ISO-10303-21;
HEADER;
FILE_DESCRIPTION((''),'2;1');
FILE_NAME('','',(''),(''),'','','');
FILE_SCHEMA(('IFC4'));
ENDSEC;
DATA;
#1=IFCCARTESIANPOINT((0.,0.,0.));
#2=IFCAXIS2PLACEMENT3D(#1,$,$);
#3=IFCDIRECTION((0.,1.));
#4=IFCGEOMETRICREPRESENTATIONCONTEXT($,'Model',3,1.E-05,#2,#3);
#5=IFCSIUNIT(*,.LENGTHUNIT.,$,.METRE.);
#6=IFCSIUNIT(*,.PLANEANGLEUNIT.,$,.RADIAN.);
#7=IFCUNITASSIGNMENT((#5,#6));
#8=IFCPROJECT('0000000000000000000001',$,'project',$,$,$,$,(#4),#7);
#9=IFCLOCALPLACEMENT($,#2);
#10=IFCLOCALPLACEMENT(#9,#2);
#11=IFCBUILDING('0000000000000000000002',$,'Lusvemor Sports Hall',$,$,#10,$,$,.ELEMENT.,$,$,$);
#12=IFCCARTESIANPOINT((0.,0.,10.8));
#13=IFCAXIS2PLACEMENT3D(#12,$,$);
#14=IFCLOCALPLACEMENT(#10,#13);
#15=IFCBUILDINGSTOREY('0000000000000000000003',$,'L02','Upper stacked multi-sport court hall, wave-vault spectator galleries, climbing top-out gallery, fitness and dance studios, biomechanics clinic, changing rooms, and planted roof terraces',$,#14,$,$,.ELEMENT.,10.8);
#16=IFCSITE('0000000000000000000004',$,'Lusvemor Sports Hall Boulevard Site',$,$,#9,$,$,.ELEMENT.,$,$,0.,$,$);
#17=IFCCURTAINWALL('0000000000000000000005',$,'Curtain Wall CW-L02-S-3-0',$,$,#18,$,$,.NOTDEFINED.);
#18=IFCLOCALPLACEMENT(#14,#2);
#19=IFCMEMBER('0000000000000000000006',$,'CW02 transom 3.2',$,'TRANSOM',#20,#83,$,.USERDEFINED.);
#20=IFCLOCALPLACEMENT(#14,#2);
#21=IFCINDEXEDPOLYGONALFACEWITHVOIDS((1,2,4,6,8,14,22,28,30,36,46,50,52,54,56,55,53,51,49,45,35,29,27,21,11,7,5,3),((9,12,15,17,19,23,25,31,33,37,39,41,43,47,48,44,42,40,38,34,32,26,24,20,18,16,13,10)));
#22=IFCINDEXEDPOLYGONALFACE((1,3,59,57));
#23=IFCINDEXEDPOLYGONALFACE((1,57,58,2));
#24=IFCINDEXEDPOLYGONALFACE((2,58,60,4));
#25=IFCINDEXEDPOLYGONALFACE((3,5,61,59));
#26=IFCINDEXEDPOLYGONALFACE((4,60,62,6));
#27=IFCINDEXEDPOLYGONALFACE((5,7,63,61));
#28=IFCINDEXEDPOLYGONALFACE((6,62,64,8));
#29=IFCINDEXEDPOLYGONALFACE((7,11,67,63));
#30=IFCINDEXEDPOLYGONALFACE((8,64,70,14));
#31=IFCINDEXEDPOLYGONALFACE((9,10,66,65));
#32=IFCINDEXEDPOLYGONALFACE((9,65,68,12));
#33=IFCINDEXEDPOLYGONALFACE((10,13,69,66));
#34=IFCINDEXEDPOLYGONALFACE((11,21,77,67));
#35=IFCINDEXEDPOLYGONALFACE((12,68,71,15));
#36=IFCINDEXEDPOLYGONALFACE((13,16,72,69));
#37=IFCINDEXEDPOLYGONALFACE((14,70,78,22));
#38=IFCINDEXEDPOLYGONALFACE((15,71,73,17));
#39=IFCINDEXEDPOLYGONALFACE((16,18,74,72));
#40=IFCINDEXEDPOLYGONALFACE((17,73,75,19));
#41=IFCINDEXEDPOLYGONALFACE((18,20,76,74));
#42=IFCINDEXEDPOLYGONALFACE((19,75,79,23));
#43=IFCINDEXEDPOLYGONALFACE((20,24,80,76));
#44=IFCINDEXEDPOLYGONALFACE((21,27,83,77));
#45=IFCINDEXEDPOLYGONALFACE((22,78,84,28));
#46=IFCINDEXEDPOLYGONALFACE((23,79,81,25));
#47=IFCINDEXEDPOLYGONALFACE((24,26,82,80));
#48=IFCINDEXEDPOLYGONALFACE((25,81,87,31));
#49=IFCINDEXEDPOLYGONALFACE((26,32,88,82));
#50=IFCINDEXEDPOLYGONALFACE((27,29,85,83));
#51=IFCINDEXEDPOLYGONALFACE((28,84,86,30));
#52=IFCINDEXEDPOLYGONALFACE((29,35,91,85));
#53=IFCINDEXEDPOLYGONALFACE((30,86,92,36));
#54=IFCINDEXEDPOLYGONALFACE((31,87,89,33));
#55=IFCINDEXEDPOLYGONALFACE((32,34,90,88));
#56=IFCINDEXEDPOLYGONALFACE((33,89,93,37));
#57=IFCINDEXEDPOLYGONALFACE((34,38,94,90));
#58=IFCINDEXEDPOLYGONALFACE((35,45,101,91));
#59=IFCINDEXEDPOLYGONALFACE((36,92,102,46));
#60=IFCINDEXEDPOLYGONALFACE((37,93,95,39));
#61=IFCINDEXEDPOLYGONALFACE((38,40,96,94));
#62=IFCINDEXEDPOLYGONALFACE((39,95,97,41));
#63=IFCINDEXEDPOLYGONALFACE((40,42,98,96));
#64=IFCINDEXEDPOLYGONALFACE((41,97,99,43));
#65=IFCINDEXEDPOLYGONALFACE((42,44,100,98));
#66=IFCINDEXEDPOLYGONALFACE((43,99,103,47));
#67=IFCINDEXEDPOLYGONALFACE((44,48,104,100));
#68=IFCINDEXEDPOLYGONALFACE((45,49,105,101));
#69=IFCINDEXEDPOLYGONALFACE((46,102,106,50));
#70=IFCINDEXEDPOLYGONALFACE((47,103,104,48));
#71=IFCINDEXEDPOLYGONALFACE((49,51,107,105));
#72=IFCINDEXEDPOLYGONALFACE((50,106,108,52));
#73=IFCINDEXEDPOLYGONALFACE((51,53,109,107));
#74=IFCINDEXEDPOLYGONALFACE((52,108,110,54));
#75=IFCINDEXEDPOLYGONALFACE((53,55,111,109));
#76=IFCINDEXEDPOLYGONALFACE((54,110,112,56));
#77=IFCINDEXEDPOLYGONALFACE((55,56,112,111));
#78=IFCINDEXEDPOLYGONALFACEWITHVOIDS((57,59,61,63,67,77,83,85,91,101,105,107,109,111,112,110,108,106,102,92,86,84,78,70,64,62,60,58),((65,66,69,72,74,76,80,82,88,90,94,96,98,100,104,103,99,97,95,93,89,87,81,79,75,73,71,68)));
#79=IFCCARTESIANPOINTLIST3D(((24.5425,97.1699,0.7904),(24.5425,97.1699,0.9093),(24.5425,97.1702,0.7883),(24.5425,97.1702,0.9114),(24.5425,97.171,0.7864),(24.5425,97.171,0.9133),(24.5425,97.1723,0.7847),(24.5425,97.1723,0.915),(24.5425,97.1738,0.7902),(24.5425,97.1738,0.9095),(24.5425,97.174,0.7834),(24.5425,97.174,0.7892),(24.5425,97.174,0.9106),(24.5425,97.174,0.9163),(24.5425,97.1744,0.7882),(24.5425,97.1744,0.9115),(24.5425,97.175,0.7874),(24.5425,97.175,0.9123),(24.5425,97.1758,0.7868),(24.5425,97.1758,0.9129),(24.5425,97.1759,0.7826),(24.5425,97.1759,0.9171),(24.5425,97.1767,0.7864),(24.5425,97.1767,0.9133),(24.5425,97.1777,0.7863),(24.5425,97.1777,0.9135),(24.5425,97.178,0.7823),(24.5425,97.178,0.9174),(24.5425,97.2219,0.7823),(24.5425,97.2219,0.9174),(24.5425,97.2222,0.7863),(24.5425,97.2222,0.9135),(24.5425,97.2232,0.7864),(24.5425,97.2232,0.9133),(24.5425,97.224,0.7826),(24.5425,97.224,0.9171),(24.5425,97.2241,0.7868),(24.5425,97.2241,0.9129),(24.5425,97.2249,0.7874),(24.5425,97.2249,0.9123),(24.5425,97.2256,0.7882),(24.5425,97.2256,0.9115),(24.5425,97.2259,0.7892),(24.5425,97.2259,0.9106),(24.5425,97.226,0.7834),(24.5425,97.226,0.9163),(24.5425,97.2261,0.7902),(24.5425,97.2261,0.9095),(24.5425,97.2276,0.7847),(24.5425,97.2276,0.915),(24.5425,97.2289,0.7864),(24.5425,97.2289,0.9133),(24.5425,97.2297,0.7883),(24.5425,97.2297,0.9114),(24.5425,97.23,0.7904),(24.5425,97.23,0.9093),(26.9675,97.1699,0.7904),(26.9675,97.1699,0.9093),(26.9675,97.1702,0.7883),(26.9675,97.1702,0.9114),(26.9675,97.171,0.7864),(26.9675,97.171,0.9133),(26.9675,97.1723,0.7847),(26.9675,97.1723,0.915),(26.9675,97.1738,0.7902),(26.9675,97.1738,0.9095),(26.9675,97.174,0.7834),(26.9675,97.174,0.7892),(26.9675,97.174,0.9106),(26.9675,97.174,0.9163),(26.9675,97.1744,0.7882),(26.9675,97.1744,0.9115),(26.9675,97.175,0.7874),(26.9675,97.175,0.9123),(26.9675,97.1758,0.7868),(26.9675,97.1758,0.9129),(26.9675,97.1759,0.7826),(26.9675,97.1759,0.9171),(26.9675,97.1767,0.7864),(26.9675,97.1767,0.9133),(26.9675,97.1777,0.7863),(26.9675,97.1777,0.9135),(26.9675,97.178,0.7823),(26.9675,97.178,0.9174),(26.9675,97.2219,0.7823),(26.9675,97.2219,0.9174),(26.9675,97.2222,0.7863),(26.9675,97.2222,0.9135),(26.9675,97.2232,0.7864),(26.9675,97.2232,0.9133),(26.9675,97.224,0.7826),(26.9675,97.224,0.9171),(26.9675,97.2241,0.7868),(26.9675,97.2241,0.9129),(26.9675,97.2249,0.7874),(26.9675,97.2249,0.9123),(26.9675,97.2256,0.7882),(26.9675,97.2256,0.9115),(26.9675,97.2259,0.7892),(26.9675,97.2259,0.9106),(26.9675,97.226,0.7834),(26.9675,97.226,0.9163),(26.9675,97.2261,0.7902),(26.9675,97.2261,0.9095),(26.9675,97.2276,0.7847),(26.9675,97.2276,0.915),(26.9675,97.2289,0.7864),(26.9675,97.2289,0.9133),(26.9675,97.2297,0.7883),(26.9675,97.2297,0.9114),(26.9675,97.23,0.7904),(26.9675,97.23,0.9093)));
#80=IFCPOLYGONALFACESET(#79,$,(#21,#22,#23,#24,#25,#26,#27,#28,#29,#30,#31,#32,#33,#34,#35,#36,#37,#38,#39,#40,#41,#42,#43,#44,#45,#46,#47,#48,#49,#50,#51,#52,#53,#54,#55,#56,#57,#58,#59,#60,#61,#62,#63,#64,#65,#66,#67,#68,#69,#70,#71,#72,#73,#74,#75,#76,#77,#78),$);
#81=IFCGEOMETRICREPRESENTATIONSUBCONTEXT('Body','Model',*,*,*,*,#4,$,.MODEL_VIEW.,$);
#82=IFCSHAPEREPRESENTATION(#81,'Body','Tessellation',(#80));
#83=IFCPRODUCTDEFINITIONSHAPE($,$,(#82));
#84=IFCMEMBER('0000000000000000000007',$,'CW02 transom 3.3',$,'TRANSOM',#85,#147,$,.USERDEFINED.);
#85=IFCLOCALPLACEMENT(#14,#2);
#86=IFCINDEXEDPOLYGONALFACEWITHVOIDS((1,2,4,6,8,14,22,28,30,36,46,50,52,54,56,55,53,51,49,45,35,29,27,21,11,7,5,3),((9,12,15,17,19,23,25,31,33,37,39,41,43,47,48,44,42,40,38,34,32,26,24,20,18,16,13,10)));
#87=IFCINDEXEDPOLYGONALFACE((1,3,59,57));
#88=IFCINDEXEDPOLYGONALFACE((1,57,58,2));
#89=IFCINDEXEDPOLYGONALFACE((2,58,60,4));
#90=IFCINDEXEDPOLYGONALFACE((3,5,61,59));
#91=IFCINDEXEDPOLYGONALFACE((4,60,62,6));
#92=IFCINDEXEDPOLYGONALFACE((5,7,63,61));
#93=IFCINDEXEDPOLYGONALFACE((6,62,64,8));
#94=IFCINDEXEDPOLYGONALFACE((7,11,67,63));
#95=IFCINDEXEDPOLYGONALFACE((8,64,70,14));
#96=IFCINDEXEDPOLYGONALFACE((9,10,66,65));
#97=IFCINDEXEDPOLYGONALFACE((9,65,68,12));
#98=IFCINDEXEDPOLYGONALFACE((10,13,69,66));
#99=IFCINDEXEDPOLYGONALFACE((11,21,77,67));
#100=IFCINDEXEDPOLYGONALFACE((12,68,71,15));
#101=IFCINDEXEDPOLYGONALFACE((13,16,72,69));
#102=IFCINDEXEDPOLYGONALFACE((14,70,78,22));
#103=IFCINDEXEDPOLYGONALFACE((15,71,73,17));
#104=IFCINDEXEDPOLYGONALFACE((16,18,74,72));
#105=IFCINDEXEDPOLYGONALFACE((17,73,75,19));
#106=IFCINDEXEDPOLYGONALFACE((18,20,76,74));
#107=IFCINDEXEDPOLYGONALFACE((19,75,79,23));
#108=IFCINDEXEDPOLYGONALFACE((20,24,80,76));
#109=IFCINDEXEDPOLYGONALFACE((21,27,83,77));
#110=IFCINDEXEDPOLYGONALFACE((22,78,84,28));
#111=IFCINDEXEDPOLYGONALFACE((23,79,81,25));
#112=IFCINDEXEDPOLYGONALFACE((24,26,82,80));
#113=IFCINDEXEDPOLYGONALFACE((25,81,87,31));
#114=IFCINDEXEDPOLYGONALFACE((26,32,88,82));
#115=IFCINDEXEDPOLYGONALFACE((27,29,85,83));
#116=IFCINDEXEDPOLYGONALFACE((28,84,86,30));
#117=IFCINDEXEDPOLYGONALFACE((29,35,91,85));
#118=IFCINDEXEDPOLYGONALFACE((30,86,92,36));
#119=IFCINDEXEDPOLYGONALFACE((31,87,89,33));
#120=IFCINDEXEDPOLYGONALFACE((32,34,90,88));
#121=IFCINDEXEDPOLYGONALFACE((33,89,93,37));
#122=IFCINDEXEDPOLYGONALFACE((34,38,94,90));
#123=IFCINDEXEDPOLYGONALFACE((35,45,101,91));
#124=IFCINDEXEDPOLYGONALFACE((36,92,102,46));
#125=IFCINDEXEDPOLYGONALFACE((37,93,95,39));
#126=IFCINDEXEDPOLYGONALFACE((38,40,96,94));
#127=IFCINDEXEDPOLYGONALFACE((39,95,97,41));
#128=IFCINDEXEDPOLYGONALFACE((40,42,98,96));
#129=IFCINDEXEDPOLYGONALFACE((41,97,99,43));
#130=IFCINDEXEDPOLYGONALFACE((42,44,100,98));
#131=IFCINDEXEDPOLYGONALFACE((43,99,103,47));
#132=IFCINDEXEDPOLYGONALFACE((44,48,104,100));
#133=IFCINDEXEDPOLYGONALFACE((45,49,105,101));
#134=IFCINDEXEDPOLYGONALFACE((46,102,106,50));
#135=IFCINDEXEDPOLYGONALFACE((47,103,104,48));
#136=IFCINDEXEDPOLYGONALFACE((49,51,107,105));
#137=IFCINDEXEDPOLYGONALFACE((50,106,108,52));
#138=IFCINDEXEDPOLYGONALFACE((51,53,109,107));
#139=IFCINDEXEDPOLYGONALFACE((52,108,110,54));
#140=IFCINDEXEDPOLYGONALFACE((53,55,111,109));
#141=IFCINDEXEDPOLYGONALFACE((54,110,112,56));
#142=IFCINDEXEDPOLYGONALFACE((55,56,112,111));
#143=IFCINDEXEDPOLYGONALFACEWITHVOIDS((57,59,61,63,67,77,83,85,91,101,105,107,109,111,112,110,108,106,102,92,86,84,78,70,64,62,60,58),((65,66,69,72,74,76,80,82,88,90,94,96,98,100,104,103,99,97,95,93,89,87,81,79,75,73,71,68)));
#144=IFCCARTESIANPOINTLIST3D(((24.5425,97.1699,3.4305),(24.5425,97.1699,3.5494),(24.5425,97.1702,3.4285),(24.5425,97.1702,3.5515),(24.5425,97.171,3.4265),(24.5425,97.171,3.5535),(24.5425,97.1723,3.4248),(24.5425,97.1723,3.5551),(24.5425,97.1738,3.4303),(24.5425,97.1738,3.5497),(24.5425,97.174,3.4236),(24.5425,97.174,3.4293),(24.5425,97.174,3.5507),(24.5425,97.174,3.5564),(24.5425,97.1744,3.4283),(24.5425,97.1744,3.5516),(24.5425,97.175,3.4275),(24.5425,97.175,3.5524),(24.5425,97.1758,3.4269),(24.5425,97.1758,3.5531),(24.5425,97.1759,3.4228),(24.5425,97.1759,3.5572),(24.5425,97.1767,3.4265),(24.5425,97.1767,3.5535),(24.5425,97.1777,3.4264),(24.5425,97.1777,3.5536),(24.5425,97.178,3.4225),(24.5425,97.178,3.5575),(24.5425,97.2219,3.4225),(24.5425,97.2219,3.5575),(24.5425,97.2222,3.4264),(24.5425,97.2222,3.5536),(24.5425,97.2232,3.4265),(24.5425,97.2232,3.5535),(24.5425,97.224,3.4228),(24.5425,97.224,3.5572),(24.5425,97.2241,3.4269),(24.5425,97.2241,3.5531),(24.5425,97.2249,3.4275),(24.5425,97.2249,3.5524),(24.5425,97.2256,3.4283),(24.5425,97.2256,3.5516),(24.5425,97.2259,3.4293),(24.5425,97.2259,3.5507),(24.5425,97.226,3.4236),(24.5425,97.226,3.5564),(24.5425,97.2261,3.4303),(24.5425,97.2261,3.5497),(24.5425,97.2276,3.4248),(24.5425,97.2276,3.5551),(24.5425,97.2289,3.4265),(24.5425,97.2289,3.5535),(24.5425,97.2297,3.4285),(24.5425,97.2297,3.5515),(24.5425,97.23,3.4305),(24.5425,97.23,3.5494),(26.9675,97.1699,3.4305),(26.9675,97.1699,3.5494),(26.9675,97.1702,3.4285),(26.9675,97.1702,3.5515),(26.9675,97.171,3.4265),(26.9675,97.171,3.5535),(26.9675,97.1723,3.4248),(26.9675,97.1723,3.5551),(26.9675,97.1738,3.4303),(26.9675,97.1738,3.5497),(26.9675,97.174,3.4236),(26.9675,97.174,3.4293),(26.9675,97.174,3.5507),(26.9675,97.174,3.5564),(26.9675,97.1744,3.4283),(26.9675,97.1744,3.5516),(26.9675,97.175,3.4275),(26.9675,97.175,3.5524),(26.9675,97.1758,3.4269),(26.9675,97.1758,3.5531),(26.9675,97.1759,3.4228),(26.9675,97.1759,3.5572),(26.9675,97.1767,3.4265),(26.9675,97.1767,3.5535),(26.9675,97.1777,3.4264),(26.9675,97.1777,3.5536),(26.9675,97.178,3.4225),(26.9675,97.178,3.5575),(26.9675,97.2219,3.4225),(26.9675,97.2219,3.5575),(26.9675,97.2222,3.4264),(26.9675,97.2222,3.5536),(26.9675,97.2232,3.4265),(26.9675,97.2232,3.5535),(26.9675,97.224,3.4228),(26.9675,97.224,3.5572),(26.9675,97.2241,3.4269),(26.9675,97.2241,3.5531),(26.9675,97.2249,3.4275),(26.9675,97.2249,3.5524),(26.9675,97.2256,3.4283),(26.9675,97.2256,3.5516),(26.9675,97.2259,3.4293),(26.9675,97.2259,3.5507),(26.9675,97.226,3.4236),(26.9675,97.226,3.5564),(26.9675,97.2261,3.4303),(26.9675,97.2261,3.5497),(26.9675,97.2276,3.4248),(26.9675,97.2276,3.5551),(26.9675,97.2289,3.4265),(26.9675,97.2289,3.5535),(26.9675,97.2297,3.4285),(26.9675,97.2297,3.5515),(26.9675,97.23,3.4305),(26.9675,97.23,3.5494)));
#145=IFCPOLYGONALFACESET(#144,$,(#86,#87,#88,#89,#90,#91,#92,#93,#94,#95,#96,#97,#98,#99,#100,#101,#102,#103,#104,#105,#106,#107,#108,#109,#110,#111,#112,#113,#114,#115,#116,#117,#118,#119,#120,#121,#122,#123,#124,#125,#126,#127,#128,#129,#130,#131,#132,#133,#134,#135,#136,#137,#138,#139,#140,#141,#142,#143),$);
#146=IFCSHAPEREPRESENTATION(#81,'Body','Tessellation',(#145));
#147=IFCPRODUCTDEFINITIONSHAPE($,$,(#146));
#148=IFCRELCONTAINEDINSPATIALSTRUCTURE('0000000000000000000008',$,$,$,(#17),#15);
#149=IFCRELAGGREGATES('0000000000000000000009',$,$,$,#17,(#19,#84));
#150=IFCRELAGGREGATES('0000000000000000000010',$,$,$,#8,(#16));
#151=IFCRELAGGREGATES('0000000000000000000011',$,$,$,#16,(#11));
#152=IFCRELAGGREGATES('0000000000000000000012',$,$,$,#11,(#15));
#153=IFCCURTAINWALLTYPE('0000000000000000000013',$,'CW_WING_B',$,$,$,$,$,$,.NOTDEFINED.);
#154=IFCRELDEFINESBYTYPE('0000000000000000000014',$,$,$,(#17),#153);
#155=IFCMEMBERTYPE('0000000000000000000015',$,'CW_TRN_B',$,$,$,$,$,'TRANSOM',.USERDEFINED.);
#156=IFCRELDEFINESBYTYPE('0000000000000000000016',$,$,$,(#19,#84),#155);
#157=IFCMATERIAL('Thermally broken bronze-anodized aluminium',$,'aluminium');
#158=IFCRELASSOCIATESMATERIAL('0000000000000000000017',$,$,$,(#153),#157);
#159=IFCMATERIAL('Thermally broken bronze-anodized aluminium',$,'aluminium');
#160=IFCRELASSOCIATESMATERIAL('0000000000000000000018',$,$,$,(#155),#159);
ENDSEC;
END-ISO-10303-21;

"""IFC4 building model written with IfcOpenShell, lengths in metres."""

from ifc_helpers import new_model, si_unit, direction, frame, origin, origin_2d, place, context, subcontext, project, spatial, hollow_rectangle, extrude, material, material_profile, profile_set, type_object, element, aggregate, save


model = new_model("IFC4")

# Units and contexts
model_context = context("Model", 3, precision=1e-05, world=origin(), true_north=direction((0.0, 1.0)))
body_context = subcontext(model_context, "Body", "Model", "MODEL_VIEW")
ifc_project = project(units=[si_unit("LENGTHUNIT", "METRE"), si_unit("PLANEANGLEUNIT", "RADIAN")], contexts=[model_context])

# Site, building, storey
site_placement = place(None, origin())
site = spatial("IfcSite", under=ifc_project, at=site_placement, Name="Lusvemor Sports Hall Boulevard Site", CompositionType="ELEMENT", RefElevation=0.0)
building_placement = place(site_placement, origin())
building = spatial("IfcBuilding", under=site, at=building_placement, Name="Lusvemor Sports Hall", CompositionType="ELEMENT")
storey_placement = place(building_placement, frame((0.0, 0.0, 10.8)))
storey = spatial("IfcBuildingStorey", under=building, at=storey_placement, Name="L02", Description="Upper stacked multi-sport court hall, wave-vault spectator galleries, climbing top-out gallery, fitness and dance studios, biomechanics clinic, changing rooms, and planted roof terraces", CompositionType="ELEMENT", Elevation=10.8)

# Curtain wall, members
ifc_material_1 = material(Name="Thermally broken bronze-anodized aluminium", Category="aluminium")
curtain_wall_type = type_object("IfcCurtainWallType", Name="CW_WING_B", PredefinedType="NOTDEFINED", material=ifc_material_1)
curtain_wall_placement = place(storey_placement, origin())
curtain_wall = element("IfcCurtainWall", 1, at=curtain_wall_placement, inside=storey, type_object=curtain_wall_type, Name="Curtain Wall CW-L02-S-3-0", PredefinedType="NOTDEFINED")
ifc_material_2 = material(Name="Thermally broken bronze-anodized aluminium", Category="aluminium")
ifc_material_profile_1 = material_profile(ifc_material_2, hollow_rectangle(XDim=0.0601, YDim=0.135, WallThickness=0.0039, InnerFilletRadius=0.0039, OuterFilletRadius=0.0081, at=origin_2d()), Name="CWTRN135x60x4")
ifc_profile_set_1 = profile_set([ifc_material_profile_1], Name="Thermally broken bronze-anodized aluminium")
member_type_1 = type_object("IfcMemberType", Name="CW_TRN_B", ElementType="TRANSOM", PredefinedType="USERDEFINED", material=ifc_profile_set_1)
member_1_placement = place(storey_placement, frame((26.9675, 97.2, 0.8499), z_axis=(-1.0, 0.0, 0.0), x_axis=(0.0, -1.0, 0.0)))
member_1 = element("IfcMember", 2, at=member_1_placement, type_object=member_type_1, Name="CW02 transom 3.2", ObjectType="TRANSOM", PredefinedType="USERDEFINED", context=body_context, shape_type="SweptSolid", body=[
    extrude(hollow_rectangle(XDim=0.0601, YDim=0.135, WallThickness=0.0039, InnerFilletRadius=0.0039, OuterFilletRadius=0.0081, at=origin_2d()), origin(), (0.0, 0.0, 1.0), 2.425),
])
member_2_placement = place(storey_placement, frame((26.9675, 97.2, 3.49), z_axis=(-1.0, 0.0, 0.0), x_axis=(0.0, -1.0, 0.0)))
member_2 = element("IfcMember", 3, at=member_2_placement, type_object=member_type_1, Name="CW02 transom 3.3", ObjectType="TRANSOM", PredefinedType="USERDEFINED", context=body_context, shape_type="SweptSolid", body=[
    extrude(hollow_rectangle(XDim=0.0601, YDim=0.135, WallThickness=0.0039, InnerFilletRadius=0.0039, OuterFilletRadius=0.0081, at=origin_2d()), origin(), (0.0, 0.0, 1.0), 2.425),
])

aggregate(curtain_wall, [member_1, member_2])

save(model, "model.ifc")
